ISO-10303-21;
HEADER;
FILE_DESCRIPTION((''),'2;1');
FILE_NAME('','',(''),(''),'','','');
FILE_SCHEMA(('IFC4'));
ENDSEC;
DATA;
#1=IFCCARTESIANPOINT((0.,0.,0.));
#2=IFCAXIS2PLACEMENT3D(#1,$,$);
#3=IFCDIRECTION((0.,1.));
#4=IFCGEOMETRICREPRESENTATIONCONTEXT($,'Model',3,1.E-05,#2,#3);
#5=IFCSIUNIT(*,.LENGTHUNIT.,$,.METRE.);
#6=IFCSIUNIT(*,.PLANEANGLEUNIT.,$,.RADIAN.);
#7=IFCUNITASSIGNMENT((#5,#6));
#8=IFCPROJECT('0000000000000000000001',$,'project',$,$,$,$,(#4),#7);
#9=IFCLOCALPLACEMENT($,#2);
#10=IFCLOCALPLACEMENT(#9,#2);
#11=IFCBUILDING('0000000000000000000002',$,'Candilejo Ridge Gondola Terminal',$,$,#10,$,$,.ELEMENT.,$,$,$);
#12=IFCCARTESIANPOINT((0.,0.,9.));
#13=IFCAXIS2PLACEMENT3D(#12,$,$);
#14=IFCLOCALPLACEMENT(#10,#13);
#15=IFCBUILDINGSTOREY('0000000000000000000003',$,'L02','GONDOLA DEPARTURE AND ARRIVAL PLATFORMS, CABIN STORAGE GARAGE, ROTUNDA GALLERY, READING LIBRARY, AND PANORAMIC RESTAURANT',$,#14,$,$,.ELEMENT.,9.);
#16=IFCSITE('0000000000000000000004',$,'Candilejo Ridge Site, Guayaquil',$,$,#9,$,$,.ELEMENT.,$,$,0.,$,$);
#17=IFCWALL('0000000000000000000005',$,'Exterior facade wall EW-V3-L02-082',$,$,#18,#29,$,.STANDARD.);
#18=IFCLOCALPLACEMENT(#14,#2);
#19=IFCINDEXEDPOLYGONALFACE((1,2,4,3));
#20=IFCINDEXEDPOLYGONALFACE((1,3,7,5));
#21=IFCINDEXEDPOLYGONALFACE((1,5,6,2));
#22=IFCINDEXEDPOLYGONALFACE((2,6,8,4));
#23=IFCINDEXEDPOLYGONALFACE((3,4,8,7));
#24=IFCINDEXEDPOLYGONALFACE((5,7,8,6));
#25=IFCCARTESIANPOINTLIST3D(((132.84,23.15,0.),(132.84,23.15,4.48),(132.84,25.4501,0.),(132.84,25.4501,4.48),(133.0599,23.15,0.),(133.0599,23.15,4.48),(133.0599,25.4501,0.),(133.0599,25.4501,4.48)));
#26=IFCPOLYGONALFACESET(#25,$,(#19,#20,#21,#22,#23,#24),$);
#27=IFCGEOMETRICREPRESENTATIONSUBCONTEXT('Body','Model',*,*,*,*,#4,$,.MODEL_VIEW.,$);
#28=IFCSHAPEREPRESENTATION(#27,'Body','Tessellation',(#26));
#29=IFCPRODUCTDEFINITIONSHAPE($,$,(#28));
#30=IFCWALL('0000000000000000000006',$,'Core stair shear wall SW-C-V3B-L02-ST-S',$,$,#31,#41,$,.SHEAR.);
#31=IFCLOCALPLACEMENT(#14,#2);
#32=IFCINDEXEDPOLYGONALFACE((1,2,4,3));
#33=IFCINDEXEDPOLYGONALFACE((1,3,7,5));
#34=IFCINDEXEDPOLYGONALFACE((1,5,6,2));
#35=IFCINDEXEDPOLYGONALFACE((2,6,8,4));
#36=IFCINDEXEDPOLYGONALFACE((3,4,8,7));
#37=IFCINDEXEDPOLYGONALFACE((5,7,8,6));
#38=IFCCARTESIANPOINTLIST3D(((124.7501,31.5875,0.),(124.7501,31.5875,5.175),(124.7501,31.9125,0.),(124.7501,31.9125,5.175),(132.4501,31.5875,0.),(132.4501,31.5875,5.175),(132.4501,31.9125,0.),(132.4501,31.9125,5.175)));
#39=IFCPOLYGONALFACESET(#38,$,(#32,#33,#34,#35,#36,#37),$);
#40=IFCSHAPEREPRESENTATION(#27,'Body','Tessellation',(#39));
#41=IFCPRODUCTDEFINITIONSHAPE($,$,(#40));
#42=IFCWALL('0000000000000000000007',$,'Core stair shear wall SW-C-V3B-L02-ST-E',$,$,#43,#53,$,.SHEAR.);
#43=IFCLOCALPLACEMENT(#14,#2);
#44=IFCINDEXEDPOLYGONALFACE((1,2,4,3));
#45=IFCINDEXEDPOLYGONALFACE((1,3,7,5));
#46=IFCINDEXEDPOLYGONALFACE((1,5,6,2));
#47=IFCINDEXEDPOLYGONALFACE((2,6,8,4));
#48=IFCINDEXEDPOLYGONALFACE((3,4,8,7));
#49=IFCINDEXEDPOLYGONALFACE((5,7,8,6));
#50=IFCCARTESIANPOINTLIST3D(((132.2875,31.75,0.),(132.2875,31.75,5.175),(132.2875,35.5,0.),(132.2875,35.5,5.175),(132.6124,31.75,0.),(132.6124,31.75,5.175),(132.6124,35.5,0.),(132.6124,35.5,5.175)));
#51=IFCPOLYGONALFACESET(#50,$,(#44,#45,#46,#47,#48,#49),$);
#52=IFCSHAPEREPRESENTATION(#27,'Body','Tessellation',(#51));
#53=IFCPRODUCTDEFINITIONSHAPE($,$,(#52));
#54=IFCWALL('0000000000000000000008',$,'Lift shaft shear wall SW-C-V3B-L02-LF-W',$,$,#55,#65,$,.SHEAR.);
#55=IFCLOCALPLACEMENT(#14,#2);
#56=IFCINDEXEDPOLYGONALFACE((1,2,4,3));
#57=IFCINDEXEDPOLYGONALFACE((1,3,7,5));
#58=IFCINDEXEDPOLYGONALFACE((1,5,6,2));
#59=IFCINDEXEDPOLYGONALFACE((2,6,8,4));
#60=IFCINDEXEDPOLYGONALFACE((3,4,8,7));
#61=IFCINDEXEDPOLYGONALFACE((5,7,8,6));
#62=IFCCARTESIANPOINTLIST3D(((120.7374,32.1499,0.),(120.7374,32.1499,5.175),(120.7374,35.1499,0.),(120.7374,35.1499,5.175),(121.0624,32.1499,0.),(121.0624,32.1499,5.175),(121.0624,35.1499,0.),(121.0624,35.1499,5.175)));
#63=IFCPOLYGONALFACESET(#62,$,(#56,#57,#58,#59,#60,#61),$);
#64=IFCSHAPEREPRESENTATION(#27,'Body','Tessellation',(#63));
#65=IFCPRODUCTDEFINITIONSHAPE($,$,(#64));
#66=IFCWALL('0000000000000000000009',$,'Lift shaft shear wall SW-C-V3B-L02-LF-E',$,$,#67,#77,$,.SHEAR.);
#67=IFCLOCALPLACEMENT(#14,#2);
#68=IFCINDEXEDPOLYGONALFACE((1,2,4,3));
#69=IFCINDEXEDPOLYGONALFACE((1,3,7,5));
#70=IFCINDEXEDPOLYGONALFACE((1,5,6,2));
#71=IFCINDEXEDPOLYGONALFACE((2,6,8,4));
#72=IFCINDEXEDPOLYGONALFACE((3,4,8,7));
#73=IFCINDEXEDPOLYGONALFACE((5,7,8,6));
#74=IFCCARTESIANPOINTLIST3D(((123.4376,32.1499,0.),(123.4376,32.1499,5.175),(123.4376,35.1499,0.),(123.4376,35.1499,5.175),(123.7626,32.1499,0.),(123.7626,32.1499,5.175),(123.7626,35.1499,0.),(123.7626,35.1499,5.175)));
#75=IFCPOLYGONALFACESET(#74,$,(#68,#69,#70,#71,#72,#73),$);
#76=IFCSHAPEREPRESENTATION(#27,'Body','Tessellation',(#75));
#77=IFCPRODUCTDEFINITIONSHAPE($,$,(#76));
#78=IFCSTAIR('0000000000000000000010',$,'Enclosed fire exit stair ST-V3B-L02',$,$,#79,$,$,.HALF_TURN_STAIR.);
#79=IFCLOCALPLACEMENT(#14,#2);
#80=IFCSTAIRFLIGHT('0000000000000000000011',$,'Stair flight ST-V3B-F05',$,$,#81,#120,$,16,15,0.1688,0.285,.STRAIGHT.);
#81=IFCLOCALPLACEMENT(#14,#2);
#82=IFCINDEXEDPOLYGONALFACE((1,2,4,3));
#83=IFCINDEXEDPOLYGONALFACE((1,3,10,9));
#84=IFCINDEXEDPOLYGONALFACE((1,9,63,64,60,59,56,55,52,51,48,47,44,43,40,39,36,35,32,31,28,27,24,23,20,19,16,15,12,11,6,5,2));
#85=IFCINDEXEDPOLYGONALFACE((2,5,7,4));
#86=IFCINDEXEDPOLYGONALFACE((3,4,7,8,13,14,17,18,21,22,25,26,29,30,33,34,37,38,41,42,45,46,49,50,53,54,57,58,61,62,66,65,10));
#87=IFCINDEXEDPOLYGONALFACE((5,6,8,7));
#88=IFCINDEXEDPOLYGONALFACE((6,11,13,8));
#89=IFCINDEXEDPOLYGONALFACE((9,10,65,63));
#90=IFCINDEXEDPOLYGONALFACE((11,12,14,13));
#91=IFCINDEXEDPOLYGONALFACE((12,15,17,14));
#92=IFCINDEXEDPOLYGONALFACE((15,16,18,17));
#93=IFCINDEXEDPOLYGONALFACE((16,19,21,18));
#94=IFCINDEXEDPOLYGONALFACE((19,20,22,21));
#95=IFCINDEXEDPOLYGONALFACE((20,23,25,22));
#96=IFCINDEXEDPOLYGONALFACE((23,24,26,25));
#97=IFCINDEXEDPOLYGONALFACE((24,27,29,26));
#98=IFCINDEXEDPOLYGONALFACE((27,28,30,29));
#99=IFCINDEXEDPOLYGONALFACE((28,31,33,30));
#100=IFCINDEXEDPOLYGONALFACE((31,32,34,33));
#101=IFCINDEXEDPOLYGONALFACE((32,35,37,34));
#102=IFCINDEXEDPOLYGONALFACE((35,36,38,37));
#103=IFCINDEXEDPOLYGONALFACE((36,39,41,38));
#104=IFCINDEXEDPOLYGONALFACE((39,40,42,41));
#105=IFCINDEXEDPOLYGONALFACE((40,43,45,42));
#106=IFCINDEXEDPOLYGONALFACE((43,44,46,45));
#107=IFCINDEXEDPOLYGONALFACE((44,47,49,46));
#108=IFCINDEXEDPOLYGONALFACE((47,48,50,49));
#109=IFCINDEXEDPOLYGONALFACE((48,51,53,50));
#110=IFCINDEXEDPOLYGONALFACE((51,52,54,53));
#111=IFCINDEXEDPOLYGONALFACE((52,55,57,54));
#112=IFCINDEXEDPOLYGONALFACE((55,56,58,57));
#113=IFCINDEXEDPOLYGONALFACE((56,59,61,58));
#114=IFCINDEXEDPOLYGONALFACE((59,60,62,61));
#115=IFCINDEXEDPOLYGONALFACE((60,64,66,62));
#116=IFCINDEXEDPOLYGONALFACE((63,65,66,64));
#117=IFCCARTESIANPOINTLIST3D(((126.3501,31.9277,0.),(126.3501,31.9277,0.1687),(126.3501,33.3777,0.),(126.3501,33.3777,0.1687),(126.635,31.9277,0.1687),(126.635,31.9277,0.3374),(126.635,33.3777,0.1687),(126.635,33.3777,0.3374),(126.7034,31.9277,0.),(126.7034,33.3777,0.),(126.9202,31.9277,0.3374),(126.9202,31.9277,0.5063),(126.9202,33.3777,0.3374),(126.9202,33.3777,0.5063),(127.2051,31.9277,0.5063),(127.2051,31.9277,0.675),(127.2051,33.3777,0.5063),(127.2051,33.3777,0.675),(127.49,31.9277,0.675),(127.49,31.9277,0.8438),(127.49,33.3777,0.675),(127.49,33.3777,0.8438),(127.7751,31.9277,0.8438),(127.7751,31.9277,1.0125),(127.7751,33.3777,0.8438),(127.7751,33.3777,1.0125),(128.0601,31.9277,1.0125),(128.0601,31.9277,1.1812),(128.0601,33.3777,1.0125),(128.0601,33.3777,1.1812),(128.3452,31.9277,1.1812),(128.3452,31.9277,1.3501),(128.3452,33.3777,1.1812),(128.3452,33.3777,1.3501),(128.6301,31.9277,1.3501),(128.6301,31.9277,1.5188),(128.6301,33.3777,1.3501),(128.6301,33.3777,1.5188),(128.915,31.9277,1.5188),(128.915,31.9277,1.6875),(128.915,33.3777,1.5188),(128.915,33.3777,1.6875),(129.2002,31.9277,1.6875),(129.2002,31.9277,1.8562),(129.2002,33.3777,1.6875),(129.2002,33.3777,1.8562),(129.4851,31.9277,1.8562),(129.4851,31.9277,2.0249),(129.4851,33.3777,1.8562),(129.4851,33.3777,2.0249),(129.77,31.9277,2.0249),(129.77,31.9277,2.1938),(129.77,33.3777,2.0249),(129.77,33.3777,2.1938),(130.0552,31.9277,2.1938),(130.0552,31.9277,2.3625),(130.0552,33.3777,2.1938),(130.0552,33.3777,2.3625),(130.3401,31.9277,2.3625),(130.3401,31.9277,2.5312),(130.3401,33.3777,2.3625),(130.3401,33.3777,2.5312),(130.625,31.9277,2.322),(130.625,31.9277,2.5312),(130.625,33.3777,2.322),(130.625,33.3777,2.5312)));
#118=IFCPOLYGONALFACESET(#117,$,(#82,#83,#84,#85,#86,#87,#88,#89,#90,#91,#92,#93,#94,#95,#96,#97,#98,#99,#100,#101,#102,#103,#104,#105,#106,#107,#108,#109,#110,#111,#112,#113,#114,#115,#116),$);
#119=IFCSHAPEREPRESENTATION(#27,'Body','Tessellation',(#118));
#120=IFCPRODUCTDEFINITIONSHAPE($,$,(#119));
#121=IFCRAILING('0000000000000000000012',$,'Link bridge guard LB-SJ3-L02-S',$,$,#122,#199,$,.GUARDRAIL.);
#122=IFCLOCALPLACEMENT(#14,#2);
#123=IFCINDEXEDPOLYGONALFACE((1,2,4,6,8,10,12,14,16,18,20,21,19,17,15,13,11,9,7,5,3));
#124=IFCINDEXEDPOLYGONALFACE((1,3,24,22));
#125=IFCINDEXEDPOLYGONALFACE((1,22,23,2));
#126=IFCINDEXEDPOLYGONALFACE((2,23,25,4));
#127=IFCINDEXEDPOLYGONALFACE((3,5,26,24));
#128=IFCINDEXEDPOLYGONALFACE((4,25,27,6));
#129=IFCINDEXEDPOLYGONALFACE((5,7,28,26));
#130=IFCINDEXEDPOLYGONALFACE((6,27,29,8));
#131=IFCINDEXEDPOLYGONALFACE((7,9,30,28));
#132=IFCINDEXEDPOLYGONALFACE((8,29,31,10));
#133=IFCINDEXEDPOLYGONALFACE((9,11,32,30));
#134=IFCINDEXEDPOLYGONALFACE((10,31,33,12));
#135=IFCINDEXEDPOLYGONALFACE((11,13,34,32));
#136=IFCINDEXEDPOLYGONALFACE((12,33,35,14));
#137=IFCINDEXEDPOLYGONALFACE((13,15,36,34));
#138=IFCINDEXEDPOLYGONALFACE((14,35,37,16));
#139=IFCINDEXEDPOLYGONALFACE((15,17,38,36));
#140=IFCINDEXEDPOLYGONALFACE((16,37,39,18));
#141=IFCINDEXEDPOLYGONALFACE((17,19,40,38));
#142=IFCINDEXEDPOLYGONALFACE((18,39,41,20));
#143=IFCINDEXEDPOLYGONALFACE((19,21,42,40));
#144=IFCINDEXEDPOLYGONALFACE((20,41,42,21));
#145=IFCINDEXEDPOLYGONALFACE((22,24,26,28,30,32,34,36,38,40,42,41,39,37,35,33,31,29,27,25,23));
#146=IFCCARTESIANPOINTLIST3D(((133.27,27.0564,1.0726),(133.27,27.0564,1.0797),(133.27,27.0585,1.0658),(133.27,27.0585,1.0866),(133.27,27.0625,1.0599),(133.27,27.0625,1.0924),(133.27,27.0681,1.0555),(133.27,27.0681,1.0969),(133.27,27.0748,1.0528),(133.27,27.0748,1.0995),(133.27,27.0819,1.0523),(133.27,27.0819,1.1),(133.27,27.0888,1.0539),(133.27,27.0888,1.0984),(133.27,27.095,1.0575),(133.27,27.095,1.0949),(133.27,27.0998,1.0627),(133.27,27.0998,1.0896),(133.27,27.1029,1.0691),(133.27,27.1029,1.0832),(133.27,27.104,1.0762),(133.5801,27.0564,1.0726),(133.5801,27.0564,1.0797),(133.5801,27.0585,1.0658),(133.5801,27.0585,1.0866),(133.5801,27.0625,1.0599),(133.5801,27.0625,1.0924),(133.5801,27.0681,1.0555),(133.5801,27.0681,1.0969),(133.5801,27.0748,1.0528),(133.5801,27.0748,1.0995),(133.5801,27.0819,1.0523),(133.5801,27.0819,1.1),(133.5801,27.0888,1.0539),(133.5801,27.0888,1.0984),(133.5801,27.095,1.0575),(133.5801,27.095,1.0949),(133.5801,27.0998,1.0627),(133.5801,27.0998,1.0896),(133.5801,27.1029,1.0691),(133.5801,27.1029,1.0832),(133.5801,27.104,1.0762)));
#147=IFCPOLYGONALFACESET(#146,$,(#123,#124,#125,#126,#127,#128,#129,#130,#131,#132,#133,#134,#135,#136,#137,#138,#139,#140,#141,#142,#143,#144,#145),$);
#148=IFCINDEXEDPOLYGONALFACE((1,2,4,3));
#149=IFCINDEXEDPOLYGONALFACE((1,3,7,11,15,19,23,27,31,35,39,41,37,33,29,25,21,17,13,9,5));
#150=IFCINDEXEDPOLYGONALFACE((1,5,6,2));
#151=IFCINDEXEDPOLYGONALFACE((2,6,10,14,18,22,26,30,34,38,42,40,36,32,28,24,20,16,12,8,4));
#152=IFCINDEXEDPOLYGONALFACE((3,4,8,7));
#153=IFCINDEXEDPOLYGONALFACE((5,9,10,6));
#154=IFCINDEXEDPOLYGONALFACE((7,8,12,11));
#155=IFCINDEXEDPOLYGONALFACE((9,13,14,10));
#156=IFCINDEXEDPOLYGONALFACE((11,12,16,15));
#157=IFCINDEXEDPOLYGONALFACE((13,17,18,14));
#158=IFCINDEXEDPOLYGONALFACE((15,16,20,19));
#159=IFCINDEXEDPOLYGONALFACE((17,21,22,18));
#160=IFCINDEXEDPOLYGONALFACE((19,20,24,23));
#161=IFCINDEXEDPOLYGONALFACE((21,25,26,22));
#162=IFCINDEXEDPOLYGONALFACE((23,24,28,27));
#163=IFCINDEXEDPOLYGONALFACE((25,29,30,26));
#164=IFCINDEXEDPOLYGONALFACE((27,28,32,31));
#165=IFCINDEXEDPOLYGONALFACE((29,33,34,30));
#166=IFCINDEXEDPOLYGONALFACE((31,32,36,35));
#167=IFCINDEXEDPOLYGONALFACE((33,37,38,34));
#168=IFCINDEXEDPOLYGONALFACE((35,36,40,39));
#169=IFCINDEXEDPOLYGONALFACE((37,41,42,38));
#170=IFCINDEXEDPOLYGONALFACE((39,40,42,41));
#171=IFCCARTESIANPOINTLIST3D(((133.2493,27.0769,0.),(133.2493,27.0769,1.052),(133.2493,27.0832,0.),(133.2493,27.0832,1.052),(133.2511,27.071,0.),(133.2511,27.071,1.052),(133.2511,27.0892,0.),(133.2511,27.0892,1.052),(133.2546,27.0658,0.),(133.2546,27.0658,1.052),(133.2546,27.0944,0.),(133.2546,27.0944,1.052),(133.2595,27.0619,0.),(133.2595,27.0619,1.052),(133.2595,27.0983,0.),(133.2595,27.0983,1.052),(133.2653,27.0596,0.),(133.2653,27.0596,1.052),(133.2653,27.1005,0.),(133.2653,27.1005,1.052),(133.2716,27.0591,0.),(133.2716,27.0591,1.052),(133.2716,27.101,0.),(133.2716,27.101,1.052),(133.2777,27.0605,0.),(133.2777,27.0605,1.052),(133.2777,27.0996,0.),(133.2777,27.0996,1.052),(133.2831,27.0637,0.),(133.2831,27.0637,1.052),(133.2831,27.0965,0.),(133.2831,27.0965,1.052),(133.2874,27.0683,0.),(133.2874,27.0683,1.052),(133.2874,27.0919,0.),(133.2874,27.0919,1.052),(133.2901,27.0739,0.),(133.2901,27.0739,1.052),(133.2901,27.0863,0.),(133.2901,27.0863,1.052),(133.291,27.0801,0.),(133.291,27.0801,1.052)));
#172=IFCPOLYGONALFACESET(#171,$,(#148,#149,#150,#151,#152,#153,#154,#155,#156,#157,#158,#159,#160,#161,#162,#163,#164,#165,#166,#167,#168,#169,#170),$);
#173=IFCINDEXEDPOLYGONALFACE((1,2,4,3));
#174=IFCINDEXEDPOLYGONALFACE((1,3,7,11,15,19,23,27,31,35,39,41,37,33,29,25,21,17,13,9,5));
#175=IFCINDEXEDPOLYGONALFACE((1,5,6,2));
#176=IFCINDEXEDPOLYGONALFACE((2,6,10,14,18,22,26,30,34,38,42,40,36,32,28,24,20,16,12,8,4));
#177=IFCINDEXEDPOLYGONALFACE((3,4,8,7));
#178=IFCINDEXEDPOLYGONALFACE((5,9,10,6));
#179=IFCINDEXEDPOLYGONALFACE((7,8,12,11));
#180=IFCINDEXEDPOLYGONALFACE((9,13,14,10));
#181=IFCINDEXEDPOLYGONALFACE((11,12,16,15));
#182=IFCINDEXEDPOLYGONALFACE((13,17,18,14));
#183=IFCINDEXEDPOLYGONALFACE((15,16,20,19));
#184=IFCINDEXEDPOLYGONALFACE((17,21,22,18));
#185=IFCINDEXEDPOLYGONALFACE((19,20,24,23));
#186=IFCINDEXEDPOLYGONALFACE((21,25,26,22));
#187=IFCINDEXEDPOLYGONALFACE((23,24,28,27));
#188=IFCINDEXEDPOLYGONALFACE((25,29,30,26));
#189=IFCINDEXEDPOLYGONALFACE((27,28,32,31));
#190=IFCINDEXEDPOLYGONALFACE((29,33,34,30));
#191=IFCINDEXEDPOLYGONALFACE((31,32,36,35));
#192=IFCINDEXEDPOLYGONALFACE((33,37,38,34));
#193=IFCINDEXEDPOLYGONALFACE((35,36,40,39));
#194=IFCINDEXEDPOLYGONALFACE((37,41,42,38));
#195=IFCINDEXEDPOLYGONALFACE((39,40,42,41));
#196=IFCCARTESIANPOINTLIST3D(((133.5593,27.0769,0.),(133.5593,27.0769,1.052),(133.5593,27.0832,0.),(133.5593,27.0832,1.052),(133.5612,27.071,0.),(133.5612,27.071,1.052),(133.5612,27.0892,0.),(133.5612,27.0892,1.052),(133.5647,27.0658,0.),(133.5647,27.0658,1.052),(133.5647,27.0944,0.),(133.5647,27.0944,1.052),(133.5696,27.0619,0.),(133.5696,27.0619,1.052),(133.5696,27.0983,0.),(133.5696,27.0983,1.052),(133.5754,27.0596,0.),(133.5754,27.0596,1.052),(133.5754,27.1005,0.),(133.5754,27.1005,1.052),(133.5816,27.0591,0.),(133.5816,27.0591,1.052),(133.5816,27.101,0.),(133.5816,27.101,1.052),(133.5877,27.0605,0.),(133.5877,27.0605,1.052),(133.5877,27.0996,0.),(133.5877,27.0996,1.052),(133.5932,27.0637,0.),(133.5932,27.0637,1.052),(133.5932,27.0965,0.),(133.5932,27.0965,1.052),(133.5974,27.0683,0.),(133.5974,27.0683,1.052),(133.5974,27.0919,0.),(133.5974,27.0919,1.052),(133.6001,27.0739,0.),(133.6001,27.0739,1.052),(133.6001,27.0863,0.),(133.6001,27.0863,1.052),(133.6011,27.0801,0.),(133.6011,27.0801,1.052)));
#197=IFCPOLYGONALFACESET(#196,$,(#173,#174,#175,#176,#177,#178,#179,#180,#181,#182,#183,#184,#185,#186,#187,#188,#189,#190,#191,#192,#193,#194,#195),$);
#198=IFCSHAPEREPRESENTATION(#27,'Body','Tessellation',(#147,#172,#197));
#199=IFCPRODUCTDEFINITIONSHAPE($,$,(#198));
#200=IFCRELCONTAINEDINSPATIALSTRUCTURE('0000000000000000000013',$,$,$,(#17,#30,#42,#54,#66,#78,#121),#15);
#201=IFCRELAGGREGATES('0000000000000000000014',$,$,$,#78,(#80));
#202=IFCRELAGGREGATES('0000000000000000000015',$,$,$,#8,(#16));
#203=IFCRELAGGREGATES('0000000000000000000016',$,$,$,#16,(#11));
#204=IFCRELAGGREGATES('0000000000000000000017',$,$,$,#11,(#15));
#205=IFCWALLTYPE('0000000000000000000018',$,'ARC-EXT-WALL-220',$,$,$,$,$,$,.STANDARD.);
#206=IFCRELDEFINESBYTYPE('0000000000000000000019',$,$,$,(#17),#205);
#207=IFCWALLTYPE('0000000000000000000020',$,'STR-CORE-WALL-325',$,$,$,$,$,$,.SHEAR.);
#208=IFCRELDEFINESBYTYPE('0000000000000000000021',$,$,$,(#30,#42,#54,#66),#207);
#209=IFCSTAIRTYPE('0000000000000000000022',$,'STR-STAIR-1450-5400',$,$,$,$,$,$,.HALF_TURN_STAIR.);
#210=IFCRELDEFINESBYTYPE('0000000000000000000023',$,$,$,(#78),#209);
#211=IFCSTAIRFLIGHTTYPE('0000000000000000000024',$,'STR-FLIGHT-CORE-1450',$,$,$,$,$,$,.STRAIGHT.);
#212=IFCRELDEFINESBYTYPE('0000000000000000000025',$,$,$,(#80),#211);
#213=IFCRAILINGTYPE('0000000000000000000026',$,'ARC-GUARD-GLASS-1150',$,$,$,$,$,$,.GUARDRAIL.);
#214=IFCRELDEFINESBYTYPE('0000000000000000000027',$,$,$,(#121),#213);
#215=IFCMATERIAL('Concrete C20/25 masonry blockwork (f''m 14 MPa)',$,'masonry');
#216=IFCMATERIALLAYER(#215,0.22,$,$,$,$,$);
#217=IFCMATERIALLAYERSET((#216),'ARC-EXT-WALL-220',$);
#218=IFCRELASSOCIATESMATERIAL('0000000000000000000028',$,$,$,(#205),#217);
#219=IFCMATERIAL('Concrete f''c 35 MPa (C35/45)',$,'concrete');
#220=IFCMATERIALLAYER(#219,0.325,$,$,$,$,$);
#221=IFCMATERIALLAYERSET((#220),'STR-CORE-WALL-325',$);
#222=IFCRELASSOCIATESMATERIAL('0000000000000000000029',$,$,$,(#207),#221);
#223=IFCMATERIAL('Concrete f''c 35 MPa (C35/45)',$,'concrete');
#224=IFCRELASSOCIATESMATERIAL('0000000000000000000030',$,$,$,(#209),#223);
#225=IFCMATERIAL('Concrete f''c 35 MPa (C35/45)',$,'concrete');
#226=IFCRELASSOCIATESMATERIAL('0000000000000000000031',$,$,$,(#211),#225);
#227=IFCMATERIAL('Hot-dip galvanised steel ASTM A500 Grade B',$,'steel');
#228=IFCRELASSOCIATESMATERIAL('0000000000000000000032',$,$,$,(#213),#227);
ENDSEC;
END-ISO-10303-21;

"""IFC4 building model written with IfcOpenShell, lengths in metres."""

from ifc_helpers import new_model, si_unit, direction, frame, frame_2d, origin, origin_2d, place, context, subcontext, project, spatial, polyline, rectangle, circle, outline, extrude, material, layer, layer_set, type_object, element, aggregate, save


model = new_model("IFC4")

# Units and contexts
model_context = context("Model", 3, precision=1e-05, world=origin(), true_north=direction((0.0, 1.0)))
body_context = subcontext(model_context, "Body", "Model", "MODEL_VIEW")
ifc_project = project(units=[si_unit("LENGTHUNIT", "METRE"), si_unit("PLANEANGLEUNIT", "RADIAN")], contexts=[model_context])

# Site, building, storey
site_placement = place(None, origin())
site = spatial("IfcSite", under=ifc_project, at=site_placement, Name="Candilejo Ridge Site, Guayaquil", CompositionType="ELEMENT", RefElevation=0.0)
building_placement = place(site_placement, origin())
building = spatial("IfcBuilding", under=site, at=building_placement, Name="Candilejo Ridge Gondola Terminal", CompositionType="ELEMENT")
storey_placement = place(building_placement, frame((0.0, 0.0, 9.0)))
storey = spatial("IfcBuildingStorey", under=building, at=storey_placement, Name="L02", Description="GONDOLA DEPARTURE AND ARRIVAL PLATFORMS, CABIN STORAGE GARAGE, ROTUNDA GALLERY, READING LIBRARY, AND PANORAMIC RESTAURANT", CompositionType="ELEMENT", Elevation=9.0)

# Walls
ifc_material_1 = material(Name="Concrete C20/25 masonry blockwork (f'm 14 MPa)", Category="masonry")
ifc_layer_1 = layer(ifc_material_1, 0.22)
ifc_layer_set_1 = layer_set([ifc_layer_1], Name="ARC-EXT-WALL-220")
wall_type_1 = type_object("IfcWallType", Name="ARC-EXT-WALL-220", PredefinedType="STANDARD", material=ifc_layer_set_1)
wall_1_placement = place(storey_placement, frame((132.95, 25.45, 0.0), z_axis=(0.0, 0.0, 1.0), x_axis=(0.0, -1.0, 0.0)))
element("IfcWall", 1, at=wall_1_placement, inside=storey, type_object=wall_type_1, Name="Exterior facade wall EW-V3-L02-082", PredefinedType="STANDARD", context=body_context, shape_type="SweptSolid", body=[
    extrude(rectangle(XDim=2.3, YDim=0.22, at=frame_2d((1.1499, 0.0))), origin(), (0.0, 0.0, 1.0), 4.48),
])
ifc_material_2 = material(Name="Concrete f'c 35 MPa (C35/45)", Category="concrete")
ifc_layer_2 = layer(ifc_material_2, 0.325)
ifc_layer_set_2 = layer_set([ifc_layer_2], Name="STR-CORE-WALL-325")
wall_type_2 = type_object("IfcWallType", Name="STR-CORE-WALL-325", PredefinedType="SHEAR", material=ifc_layer_set_2)
wall_2_placement = place(storey_placement, frame((124.75, 31.75, 0.0), z_axis=(0.0, 0.0, 1.0), x_axis=(1.0, 0.0, 0.0)))
element("IfcWall", 2, at=wall_2_placement, inside=storey, type_object=wall_type_2, Name="Core stair shear wall SW-C-V3B-L02-ST-S", PredefinedType="SHEAR", context=body_context, shape_type="SweptSolid", body=[
    extrude(rectangle(XDim=7.7, YDim=0.325, at=frame_2d((3.8501, 0.0))), origin(), (0.0, 0.0, 1.0), 5.175),
])
wall_3_placement = place(storey_placement, frame((132.45, 31.75, 0.0), z_axis=(0.0, 0.0, 1.0), x_axis=(0.0, 1.0, 0.0)))
element("IfcWall", 3, at=wall_3_placement, inside=storey, type_object=wall_type_2, Name="Core stair shear wall SW-C-V3B-L02-ST-E", PredefinedType="SHEAR", context=body_context, shape_type="SweptSolid", body=[
    extrude(rectangle(XDim=3.75, YDim=0.325, at=frame_2d((1.875, 0.0))), origin(), (0.0, 0.0, 1.0), 5.175),
])
for number, where, z_axis, x_axis, name in (
    (4, (120.8999, 32.1499, 0.0), (0.0, 0.0, 1.0), (0.0, 1.0, 0.0), "Lift shaft shear wall SW-C-V3B-L02-LF-W"),
    (5, (123.6001, 32.1499, 0.0), (0.0, 0.0, 1.0), (0.0, 1.0, 0.0), "Lift shaft shear wall SW-C-V3B-L02-LF-E"),
):
    element("IfcWall", number, at=place(storey_placement, frame(where, z_axis=z_axis, x_axis=x_axis)), inside=storey, type_object=wall_type_2, Name=name, PredefinedType="SHEAR", context=body_context, shape_type="SweptSolid", body=[
        extrude(rectangle(XDim=3.0, YDim=0.325, at=frame_2d((1.5, 0.0))), origin(), (0.0, 0.0, 1.0), 5.175),
    ])

# Stair, stair flight
ifc_material_3 = material(Name="Concrete f'c 35 MPa (C35/45)", Category="concrete")
stair_type = type_object("IfcStairType", Name="STR-STAIR-1450-5400", PredefinedType="HALF_TURN_STAIR", material=ifc_material_3)
stair_placement = place(storey_placement, origin())
stair = element("IfcStair", 6, at=stair_placement, inside=storey, type_object=stair_type, Name="Enclosed fire exit stair ST-V3B-L02", PredefinedType="HALF_TURN_STAIR")
ifc_material_4 = material(Name="Concrete f'c 35 MPa (C35/45)", Category="concrete")
stair_flight_type = type_object("IfcStairFlightType", Name="STR-FLIGHT-CORE-1450", PredefinedType="STRAIGHT", material=ifc_material_4)
stair_flight_placement = place(storey_placement, frame((126.3501, 32.6526, 0.0), z_axis=(0.0, 0.0, 1.0), x_axis=(1.0, 0.0, 0.0)))
stair_flight = element("IfcStairFlight", 7, at=stair_flight_placement, type_object=stair_flight_type, Name="Stair flight ST-V3B-F05", NumberOfRisers=16, NumberOfTreads=15, PredefinedType="STRAIGHT", RiserHeight=0.1688, TreadLength=0.285, context=body_context, shape_type="SweptSolid", body=[
    extrude(outline(polyline([(0.0, 0.0), (0.0, 0.1687), (0.2849, 0.1687), (0.2849, 0.3374), (0.5701, 0.3374), (0.5701, 0.5063), (0.855, 0.5063), (0.855, 0.675), (1.1399, 0.675), (1.1399, 0.8438), (1.425, 0.8438), (1.425, 1.0125), (1.71, 1.0125), (1.71, 1.1812), (1.9951, 1.1812), (1.9951, 1.3501), (2.28, 1.3501), (2.28, 1.5188), (2.5649, 1.5188), (2.5649, 1.6875), (2.8501, 1.6875), (2.8501, 1.8562), (3.135, 1.8562), (3.135, 2.0249), (3.4199, 2.0249), (3.4199, 2.1938), (3.7051, 2.1938), (3.7051, 2.3625), (3.99, 2.3625), (3.99, 2.5312), (4.2749, 2.5312), (4.2749, 2.7), (4.2749, 2.322), (0.3533, 0.0), (0.0, 0.0)])), frame((0.0, 0.7251, 0.0), z_axis=(0.0, -1.0, 0.0), x_axis=(1.0, 0.0, 0.0)), (0.0, 0.0, 1.0), 1.45),
])
aggregate(stair, [stair_flight])

# Railing
ifc_material_5 = material(Name="Hot-dip galvanised steel ASTM A500 Grade B", Category="steel")
railing_type_1 = type_object("IfcRailingType", Name="ARC-GUARD-GLASS-1150", PredefinedType="GUARDRAIL", material=ifc_material_5)
railing_1_placement = place(storey_placement, frame((133.27, 27.0801, 0.0)))
element("IfcRailing", 8, at=railing_1_placement, inside=storey, type_object=railing_type_1, Name="Link bridge guard LB-SJ3-L02-S", PredefinedType="GUARDRAIL", context=body_context, shape_type="SweptSolid", body=[
    extrude(circle(Radius=0.0239, at=origin_2d()), frame((0.0, 0.0, 1.0762), z_axis=(1.0, 0.0, 0.0), x_axis=(0.0, 1.0, 0.0)), (0.0, 0.0, 1.0), 0.3101),
    extrude(circle(Radius=0.021, at=origin_2d()), origin(), (0.0, 0.0, 1.0), 1.052),
    extrude(circle(Radius=0.021, at=origin_2d()), frame((0.3101, 0.0, 0.0)), (0.0, 0.0, 1.0), 1.052),
])

save(model, "model.ifc")
